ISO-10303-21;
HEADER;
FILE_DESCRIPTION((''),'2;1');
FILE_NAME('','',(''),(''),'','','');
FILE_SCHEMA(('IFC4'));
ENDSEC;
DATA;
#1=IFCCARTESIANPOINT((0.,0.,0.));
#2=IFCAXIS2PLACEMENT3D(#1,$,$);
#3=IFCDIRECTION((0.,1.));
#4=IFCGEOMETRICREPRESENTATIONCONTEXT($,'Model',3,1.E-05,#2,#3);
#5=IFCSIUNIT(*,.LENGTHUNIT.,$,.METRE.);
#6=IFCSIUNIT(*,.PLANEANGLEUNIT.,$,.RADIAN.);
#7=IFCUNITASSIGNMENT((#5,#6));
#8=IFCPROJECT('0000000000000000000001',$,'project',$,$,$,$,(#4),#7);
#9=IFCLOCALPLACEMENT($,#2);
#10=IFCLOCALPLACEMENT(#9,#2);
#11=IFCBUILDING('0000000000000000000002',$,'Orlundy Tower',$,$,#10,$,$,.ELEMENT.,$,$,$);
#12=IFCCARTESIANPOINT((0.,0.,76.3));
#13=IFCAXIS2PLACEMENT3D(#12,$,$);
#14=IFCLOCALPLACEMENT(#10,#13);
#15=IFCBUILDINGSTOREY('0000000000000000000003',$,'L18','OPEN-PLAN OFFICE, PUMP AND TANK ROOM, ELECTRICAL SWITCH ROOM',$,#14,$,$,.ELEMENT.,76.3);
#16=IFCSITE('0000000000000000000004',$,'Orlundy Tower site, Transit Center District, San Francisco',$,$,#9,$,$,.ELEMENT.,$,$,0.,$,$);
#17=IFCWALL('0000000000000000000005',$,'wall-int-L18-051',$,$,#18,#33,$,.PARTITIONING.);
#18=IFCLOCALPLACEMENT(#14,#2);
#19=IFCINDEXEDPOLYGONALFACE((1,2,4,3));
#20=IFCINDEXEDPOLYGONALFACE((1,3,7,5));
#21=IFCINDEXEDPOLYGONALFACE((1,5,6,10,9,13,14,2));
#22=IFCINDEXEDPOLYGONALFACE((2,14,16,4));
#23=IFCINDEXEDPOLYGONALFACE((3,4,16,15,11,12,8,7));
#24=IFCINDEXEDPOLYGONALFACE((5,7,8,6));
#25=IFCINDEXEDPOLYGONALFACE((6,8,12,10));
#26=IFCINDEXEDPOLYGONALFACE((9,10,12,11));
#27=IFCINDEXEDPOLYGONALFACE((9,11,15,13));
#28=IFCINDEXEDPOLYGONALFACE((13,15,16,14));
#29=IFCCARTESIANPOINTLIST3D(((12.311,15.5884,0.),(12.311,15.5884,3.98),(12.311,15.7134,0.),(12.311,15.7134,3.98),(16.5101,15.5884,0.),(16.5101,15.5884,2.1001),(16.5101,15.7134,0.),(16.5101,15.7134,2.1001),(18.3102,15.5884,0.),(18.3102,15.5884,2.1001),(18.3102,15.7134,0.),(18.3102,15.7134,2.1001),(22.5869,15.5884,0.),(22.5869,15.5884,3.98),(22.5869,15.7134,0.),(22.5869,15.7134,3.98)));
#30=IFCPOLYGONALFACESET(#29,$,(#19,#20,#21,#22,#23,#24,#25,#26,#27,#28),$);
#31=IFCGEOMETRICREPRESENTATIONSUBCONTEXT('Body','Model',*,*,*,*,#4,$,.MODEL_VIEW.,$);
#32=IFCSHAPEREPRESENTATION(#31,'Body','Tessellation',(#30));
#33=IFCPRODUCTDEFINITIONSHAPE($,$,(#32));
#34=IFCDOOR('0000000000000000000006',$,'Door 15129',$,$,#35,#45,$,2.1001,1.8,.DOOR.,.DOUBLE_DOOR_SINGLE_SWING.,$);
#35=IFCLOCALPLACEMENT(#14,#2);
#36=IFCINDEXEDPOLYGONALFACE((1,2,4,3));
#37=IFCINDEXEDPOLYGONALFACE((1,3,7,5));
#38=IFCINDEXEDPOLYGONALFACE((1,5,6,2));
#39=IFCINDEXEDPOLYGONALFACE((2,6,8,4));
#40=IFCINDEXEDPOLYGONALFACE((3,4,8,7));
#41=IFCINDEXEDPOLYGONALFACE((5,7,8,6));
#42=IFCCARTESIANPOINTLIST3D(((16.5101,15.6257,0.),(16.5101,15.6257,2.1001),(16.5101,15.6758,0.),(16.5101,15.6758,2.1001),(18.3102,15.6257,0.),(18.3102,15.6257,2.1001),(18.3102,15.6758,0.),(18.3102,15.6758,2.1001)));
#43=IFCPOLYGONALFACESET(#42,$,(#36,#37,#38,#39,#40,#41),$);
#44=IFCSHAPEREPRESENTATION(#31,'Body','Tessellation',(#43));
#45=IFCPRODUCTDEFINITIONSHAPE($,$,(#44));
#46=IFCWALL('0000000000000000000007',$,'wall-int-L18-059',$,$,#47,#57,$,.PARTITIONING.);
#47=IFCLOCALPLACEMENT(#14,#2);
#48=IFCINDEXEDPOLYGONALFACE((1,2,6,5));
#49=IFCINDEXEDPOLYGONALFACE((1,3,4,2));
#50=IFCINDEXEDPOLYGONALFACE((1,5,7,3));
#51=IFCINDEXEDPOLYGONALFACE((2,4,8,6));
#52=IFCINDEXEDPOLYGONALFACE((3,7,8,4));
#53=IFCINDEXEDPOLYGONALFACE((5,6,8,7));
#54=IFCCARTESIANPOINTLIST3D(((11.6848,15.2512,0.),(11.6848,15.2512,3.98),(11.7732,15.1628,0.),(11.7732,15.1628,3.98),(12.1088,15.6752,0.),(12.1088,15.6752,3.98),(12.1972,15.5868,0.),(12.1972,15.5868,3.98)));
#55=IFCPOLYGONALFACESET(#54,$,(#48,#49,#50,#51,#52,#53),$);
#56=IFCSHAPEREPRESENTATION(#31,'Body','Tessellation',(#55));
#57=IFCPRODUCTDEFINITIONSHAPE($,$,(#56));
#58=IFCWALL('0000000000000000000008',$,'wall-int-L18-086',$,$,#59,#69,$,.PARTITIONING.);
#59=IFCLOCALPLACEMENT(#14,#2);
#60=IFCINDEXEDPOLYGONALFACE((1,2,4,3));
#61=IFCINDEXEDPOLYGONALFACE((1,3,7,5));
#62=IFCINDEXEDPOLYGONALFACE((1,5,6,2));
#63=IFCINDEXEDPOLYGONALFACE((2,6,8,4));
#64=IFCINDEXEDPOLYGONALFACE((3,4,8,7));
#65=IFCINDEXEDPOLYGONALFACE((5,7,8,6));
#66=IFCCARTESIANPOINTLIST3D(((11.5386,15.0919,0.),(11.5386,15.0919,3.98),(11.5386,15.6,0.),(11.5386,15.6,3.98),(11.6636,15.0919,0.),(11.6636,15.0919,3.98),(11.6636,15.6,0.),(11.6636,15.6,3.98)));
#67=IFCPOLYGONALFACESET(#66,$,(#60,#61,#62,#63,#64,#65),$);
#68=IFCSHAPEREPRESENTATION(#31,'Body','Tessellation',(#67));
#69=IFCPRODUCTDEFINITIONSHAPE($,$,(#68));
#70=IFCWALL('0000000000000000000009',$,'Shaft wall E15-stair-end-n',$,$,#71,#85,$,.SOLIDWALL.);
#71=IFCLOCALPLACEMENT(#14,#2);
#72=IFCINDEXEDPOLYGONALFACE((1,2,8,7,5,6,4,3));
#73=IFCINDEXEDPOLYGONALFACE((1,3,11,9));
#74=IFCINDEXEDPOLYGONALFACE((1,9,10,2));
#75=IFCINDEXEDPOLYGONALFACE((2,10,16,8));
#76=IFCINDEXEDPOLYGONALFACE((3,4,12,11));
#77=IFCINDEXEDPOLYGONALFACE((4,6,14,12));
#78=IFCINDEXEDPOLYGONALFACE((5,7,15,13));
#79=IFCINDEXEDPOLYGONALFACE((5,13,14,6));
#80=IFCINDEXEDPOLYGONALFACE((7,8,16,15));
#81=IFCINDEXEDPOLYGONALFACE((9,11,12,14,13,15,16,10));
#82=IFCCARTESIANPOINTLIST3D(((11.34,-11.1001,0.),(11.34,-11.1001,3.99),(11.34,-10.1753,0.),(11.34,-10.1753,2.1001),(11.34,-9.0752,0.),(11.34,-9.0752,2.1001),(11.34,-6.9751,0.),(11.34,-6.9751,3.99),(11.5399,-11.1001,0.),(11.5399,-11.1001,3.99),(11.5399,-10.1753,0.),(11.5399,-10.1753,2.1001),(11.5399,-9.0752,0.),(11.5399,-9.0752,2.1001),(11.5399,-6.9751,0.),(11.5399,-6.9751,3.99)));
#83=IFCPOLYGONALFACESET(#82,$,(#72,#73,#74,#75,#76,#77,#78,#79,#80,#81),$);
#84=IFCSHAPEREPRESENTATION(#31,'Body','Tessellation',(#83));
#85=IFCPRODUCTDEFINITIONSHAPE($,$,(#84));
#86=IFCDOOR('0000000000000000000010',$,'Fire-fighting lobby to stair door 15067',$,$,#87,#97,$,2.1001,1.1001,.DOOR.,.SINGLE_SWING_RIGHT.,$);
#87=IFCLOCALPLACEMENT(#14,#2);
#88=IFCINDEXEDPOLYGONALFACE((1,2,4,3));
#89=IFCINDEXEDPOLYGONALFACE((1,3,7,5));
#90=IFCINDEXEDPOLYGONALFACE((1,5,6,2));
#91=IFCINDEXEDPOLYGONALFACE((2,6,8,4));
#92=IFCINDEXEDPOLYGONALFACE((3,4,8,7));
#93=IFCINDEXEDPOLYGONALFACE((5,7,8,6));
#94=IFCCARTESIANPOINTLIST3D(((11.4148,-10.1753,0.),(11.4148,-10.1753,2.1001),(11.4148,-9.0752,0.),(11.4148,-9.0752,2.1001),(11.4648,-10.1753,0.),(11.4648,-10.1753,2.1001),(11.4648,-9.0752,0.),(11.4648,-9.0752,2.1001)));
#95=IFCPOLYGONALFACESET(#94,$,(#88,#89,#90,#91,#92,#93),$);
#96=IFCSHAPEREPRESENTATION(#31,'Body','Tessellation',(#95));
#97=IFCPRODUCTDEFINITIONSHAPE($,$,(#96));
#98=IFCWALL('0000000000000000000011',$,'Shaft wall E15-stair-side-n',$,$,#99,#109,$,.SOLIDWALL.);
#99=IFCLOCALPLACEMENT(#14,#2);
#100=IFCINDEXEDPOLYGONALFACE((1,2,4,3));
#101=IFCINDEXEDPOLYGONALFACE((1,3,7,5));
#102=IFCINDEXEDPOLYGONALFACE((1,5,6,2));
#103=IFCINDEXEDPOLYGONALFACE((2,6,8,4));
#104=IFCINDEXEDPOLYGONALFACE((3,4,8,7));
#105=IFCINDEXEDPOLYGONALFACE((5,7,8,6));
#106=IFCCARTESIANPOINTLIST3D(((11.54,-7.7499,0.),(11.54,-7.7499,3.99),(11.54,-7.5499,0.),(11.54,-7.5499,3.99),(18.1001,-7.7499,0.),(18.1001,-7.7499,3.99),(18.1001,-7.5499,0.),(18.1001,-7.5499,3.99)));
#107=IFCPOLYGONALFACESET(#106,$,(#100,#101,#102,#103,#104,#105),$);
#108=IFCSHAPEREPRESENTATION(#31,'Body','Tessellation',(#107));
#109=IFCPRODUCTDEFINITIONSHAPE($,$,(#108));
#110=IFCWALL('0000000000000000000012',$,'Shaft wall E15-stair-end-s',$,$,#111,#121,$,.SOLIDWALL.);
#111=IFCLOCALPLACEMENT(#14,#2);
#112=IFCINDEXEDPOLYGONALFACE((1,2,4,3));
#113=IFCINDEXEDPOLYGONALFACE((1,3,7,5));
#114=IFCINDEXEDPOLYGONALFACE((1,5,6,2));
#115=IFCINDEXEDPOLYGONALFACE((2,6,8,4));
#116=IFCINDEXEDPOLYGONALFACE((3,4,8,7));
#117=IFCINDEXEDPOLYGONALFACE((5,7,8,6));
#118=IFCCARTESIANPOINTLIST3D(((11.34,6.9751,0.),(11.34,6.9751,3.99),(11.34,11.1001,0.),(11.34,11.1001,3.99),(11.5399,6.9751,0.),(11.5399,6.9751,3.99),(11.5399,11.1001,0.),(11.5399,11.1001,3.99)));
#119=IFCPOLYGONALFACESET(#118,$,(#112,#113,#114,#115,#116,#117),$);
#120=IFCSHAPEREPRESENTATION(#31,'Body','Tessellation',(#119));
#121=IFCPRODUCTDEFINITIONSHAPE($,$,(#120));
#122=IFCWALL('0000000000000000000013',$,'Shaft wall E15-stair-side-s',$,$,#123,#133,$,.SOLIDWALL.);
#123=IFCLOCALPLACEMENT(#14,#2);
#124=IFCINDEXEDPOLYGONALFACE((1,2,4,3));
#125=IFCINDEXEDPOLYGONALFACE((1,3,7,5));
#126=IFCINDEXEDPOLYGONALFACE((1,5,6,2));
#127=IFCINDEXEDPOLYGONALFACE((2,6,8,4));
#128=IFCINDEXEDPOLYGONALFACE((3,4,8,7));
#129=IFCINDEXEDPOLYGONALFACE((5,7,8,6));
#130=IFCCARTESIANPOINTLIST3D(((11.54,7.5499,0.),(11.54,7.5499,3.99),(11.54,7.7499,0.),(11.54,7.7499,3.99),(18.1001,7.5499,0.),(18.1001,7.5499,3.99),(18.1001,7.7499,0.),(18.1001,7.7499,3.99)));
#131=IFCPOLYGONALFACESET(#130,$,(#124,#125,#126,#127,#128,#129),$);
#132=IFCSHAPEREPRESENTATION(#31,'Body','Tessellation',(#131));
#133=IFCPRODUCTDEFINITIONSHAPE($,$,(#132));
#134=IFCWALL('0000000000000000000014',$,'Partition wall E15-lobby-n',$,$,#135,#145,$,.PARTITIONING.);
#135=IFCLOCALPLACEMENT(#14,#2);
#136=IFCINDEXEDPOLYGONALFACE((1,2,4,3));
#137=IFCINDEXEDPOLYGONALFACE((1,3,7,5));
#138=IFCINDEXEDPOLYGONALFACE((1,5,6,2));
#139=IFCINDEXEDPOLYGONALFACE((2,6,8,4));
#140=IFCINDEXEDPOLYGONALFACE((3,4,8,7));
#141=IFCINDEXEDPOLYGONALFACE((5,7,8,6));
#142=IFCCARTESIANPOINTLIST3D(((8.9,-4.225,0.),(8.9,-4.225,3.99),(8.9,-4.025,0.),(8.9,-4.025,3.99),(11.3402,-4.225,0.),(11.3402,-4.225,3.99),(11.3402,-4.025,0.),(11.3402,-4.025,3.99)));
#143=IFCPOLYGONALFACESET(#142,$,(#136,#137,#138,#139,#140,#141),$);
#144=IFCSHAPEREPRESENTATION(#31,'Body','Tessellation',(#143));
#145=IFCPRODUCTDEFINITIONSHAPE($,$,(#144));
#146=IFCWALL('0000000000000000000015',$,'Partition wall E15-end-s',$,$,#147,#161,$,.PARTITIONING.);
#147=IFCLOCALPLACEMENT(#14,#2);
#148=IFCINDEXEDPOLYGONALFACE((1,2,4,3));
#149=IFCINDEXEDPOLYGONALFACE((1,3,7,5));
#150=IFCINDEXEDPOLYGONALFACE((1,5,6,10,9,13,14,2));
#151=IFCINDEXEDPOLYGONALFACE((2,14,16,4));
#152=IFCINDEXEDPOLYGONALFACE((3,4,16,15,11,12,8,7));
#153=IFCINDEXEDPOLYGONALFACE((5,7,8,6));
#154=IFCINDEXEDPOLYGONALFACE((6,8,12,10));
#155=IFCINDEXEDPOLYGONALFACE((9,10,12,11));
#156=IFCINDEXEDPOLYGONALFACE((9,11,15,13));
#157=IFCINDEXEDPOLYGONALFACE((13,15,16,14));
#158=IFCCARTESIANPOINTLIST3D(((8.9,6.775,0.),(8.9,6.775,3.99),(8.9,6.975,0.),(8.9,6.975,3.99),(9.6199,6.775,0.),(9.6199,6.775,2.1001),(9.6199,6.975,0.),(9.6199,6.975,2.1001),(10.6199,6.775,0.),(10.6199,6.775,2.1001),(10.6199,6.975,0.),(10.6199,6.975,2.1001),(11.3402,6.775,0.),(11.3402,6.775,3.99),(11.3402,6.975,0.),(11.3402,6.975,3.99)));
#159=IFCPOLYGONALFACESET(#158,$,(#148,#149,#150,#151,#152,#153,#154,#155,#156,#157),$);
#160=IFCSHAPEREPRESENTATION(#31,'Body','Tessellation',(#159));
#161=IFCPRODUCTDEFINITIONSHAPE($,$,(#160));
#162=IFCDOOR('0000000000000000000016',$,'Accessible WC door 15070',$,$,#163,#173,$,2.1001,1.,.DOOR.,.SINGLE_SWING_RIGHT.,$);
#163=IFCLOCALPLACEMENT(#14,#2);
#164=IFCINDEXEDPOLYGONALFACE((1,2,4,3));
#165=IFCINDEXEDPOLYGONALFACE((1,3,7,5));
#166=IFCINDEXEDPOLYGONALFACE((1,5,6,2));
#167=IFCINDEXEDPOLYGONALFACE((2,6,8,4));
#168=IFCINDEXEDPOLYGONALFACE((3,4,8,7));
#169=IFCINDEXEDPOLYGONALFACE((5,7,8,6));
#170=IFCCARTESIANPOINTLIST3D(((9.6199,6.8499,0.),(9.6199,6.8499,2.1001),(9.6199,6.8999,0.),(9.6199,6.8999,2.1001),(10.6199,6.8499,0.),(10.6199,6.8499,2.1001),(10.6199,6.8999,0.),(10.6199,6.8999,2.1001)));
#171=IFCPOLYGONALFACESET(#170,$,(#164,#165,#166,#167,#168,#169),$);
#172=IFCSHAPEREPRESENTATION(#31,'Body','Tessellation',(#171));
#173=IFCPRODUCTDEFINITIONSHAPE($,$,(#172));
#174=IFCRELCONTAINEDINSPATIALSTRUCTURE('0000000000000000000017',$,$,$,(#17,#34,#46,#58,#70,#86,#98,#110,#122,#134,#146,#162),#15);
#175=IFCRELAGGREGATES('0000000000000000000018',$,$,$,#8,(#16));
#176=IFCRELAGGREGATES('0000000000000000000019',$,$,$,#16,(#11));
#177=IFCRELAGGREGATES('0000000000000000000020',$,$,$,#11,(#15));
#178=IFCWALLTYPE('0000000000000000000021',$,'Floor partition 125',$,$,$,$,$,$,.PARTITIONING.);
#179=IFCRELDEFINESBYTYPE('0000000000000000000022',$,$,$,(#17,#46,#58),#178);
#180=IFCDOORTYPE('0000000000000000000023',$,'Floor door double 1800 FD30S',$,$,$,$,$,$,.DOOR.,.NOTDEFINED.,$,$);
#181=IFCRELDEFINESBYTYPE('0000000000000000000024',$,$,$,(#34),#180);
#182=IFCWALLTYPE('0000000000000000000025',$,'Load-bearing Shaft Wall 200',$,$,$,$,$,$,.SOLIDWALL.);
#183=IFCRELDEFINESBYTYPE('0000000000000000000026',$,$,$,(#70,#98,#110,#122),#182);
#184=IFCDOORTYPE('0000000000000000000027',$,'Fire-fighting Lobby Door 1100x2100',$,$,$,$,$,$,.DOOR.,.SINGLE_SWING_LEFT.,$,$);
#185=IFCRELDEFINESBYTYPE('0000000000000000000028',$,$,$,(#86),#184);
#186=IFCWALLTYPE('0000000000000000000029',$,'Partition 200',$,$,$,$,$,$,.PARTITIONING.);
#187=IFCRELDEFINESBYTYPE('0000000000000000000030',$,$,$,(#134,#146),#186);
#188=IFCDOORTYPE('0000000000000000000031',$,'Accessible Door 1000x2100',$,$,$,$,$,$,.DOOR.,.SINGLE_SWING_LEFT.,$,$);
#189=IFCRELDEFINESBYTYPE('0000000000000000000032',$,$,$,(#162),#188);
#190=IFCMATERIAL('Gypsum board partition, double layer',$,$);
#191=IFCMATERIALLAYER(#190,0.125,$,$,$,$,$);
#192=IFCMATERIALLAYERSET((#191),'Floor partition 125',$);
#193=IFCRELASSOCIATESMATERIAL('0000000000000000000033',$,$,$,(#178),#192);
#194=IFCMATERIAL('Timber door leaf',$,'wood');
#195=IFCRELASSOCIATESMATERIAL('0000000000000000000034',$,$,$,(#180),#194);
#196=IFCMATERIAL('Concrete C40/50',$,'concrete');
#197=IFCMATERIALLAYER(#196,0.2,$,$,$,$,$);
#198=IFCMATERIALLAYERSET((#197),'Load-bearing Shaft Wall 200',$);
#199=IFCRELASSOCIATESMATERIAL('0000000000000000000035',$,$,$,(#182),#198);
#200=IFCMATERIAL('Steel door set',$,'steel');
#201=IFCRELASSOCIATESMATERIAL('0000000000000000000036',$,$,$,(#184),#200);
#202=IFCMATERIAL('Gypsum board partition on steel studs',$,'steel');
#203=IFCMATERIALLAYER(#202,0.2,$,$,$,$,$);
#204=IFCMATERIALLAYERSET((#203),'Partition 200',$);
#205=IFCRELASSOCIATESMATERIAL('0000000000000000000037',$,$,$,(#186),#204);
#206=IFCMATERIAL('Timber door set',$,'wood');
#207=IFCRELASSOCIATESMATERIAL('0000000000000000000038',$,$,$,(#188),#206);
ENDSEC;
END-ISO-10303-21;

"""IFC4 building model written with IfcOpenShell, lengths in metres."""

from ifc_helpers import new_model, si_unit, direction, frame, frame_2d, origin, place, context, subcontext, project, spatial, rectangle, extrude, material, layer, layer_set, type_object, element, fill, save


model = new_model("IFC4")

# Units and contexts
model_context = context("Model", 3, precision=1e-05, world=origin(), true_north=direction((0.0, 1.0)))
body_context = subcontext(model_context, "Body", "Model", "MODEL_VIEW")
ifc_project = project(units=[si_unit("LENGTHUNIT", "METRE"), si_unit("PLANEANGLEUNIT", "RADIAN")], contexts=[model_context])

# Site, building, storey
site_placement = place(None, origin())
site = spatial("IfcSite", under=ifc_project, at=site_placement, Name="Orlundy Tower site, Transit Center District, San Francisco", CompositionType="ELEMENT", RefElevation=0.0)
building_placement = place(site_placement, origin())
building = spatial("IfcBuilding", under=site, at=building_placement, Name="Orlundy Tower", CompositionType="ELEMENT")
storey_placement = place(building_placement, frame((0.0, 0.0, 76.3)))
storey = spatial("IfcBuildingStorey", under=building, at=storey_placement, Name="L18", Description="OPEN-PLAN OFFICE, PUMP AND TANK ROOM, ELECTRICAL SWITCH ROOM", CompositionType="ELEMENT", Elevation=76.3)

# Wall, opening, door
ifc_material_1 = material(Name="Gypsum board partition, double layer")
ifc_layer_1 = layer(ifc_material_1, 0.125)
ifc_layer_set_1 = layer_set([ifc_layer_1], Name="Floor partition 125")
wall_type_1 = type_object("IfcWallType", Name="Floor partition 125", PredefinedType="PARTITIONING", material=ifc_layer_set_1)
wall_1_placement = place(storey_placement, frame((12.311, 15.6509, 0.0), z_axis=(0.0, 0.0, 1.0), x_axis=(1.0, 0.0, 0.0)))
wall_1 = element("IfcWall", 1, at=wall_1_placement, inside=storey, type_object=wall_type_1, Name="wall-int-L18-051", PredefinedType="PARTITIONING", context=body_context, shape_type="SweptSolid", body=[
    extrude(rectangle(XDim=10.2759, YDim=0.125, at=frame_2d((5.1379, 0.0))), origin(), (0.0, 0.0, 1.0), 3.98),
])
opening_1_placement = place(wall_1_placement, frame((4.1992, 0.0, 0.0)))
opening_1 = element("IfcOpeningElement", 2, at=opening_1_placement, cuts=wall_1, PredefinedType="OPENING", context=body_context, shape_type="SweptSolid", body=[
    extrude(rectangle(XDim=1.8, YDim=2.1001, at=frame_2d((0.8999, 1.05))), frame((0.0, 0.0725, 0.0), z_axis=(0.0, -1.0, 0.0), x_axis=(1.0, 0.0, 0.0)), (0.0, 0.0, 1.0), 0.145),
])
ifc_material_2 = material(Name="Timber door leaf", Category="wood")
door_type_1 = type_object("IfcDoorType", Name="Floor door double 1800 FD30S", OperationType="NOTDEFINED", PredefinedType="DOOR", material=ifc_material_2)
door_1_placement = place(opening_1_placement, origin())
door_1 = element("IfcDoor", 3, at=door_1_placement, inside=storey, type_object=door_type_1, Name="Door 15129", OperationType="DOUBLE_DOOR_SINGLE_SWING", OverallHeight=2.1001, OverallWidth=1.8, PredefinedType="DOOR", context=body_context, shape_type="SweptSolid", body=[
    extrude(rectangle(XDim=1.8, YDim=2.1001, at=frame_2d((0.8999, 1.05))), frame((0.0, 0.0249, 0.0), z_axis=(0.0, -1.0, 0.0), x_axis=(1.0, 0.0, 0.0)), (0.0, 0.0, 1.0), 0.05),
])
fill(opening_1, door_1)

# Walls
wall_2_placement = place(storey_placement, frame((11.729, 15.207, 0.0), z_axis=(0.0, 0.0, 1.0), x_axis=(0.707107, 0.707107, 0.0)))
element("IfcWall", 4, at=wall_2_placement, inside=storey, type_object=wall_type_1, Name="wall-int-L18-059", PredefinedType="PARTITIONING", context=body_context, shape_type="SweptSolid", body=[
    extrude(rectangle(XDim=0.5996, YDim=0.125, at=frame_2d((0.2998, 0.0))), origin(), (0.0, 0.0, 1.0), 3.98),
])
wall_3_placement = place(storey_placement, frame((11.6011, 15.092, 0.0), z_axis=(0.0, 0.0, 1.0), x_axis=(0.0, 1.0, 0.0)))
element("IfcWall", 5, at=wall_3_placement, inside=storey, type_object=wall_type_1, Name="wall-int-L18-086", PredefinedType="PARTITIONING", context=body_context, shape_type="SweptSolid", body=[
    extrude(rectangle(XDim=0.5081, YDim=0.125, at=frame_2d((0.2539, 0.0))), origin(), (0.0, 0.0, 1.0), 3.98),
])

# Wall, opening, door
ifc_material_3 = material(Name="Concrete C40/50", Category="concrete")
ifc_layer_2 = layer(ifc_material_3, 0.2)
ifc_layer_set_2 = layer_set([ifc_layer_2], Name="Load-bearing Shaft Wall 200")
wall_type_2 = type_object("IfcWallType", Name="Load-bearing Shaft Wall 200", PredefinedType="SOLIDWALL", material=ifc_layer_set_2)
wall_4_placement = place(storey_placement, frame((11.4399, -6.9751, 0.0), z_axis=(0.0, 0.0, 1.0), x_axis=(0.0, -1.0, 0.0)))
wall_4 = element("IfcWall", 6, at=wall_4_placement, inside=storey, type_object=wall_type_2, Name="Shaft wall E15-stair-end-n", PredefinedType="SOLIDWALL", context=body_context, shape_type="SweptSolid", body=[
    extrude(rectangle(XDim=4.125, YDim=0.2, at=frame_2d((2.0625, 0.0))), origin(), (0.0, 0.0, 1.0), 3.99),
])
opening_2_placement = place(wall_4_placement, frame((2.1001, 0.0, 0.0)))
opening_2 = element("IfcOpeningElement", 7, at=opening_2_placement, cuts=wall_4, PredefinedType="OPENING", context=body_context, shape_type="SweptSolid", body=[
    extrude(rectangle(XDim=1.1001, YDim=2.1001, at=frame_2d((0.55, 1.05))), frame((0.0, 0.1101, 0.0), z_axis=(0.0, -1.0, 0.0), x_axis=(1.0, 0.0, 0.0)), (0.0, 0.0, 1.0), 0.2202),
])
ifc_material_4 = material(Name="Steel door set", Category="steel")
door_type_2 = type_object("IfcDoorType", Name="Fire-fighting Lobby Door 1100x2100", OperationType="SINGLE_SWING_LEFT", PredefinedType="DOOR", material=ifc_material_4)
door_2_placement = place(opening_2_placement, origin())
door_2 = element("IfcDoor", 8, at=door_2_placement, inside=storey, type_object=door_type_2, Name="Fire-fighting lobby to stair door 15067", OperationType="SINGLE_SWING_RIGHT", OverallHeight=2.1001, OverallWidth=1.1001, PredefinedType="DOOR", context=body_context, shape_type="SweptSolid", body=[
    extrude(rectangle(XDim=1.1001, YDim=2.1001, at=frame_2d((0.55, 1.05))), frame((0.0, 0.0249, 0.0), z_axis=(0.0, -1.0, 0.0), x_axis=(1.0, 0.0, 0.0)), (0.0, 0.0, 1.0), 0.05),
])
fill(opening_2, door_2)

# Walls
wall_5_placement = place(storey_placement, frame((11.54, -7.6499, 0.0), z_axis=(0.0, 0.0, 1.0), x_axis=(1.0, 0.0, 0.0)))
element("IfcWall", 9, at=wall_5_placement, inside=storey, type_object=wall_type_2, Name="Shaft wall E15-stair-side-n", PredefinedType="SOLIDWALL", context=body_context, shape_type="SweptSolid", body=[
    extrude(rectangle(XDim=6.5601, YDim=0.2, at=frame_2d((3.28, 0.0))), origin(), (0.0, 0.0, 1.0), 3.99),
])
wall_6_placement = place(storey_placement, frame((11.4399, 11.1001, 0.0), z_axis=(0.0, 0.0, 1.0), x_axis=(0.0, -1.0, 0.0)))
element("IfcWall", 10, at=wall_6_placement, inside=storey, type_object=wall_type_2, Name="Shaft wall E15-stair-end-s", PredefinedType="SOLIDWALL", context=body_context, shape_type="SweptSolid", body=[
    extrude(rectangle(XDim=4.125, YDim=0.2, at=frame_2d((2.0625, 0.0))), origin(), (0.0, 0.0, 1.0), 3.99),
])
wall_7_placement = place(storey_placement, frame((11.54, 7.6499, 0.0), z_axis=(0.0, 0.0, 1.0), x_axis=(1.0, 0.0, 0.0)))
element("IfcWall", 11, at=wall_7_placement, inside=storey, type_object=wall_type_2, Name="Shaft wall E15-stair-side-s", PredefinedType="SOLIDWALL", context=body_context, shape_type="SweptSolid", body=[
    extrude(rectangle(XDim=6.5601, YDim=0.2, at=frame_2d((3.28, 0.0))), origin(), (0.0, 0.0, 1.0), 3.99),
])
ifc_material_5 = material(Name="Gypsum board partition on steel studs", Category="steel")
ifc_layer_3 = layer(ifc_material_5, 0.2)
ifc_layer_set_3 = layer_set([ifc_layer_3], Name="Partition 200")
wall_type_3 = type_object("IfcWallType", Name="Partition 200", PredefinedType="PARTITIONING", material=ifc_layer_set_3)
wall_8_placement = place(storey_placement, frame((8.8999, -4.125, 0.0), z_axis=(0.0, 0.0, 1.0), x_axis=(1.0, 0.0, 0.0)))
element("IfcWall", 12, at=wall_8_placement, inside=storey, type_object=wall_type_3, Name="Partition wall E15-lobby-n", PredefinedType="PARTITIONING", context=body_context, shape_type="SweptSolid", body=[
    extrude(rectangle(XDim=2.4402, YDim=0.2, at=frame_2d((1.2202, 0.0))), origin(), (0.0, 0.0, 1.0), 3.99),
])

# Wall, opening, door
wall_9_placement = place(storey_placement, frame((8.8999, 6.875, 0.0), z_axis=(0.0, 0.0, 1.0), x_axis=(1.0, 0.0, 0.0)))
wall_9 = element("IfcWall", 13, at=wall_9_placement, inside=storey, type_object=wall_type_3, Name="Partition wall E15-end-s", PredefinedType="PARTITIONING", context=body_context, shape_type="SweptSolid", body=[
    extrude(rectangle(XDim=2.4402, YDim=0.2, at=frame_2d((1.2202, 0.0))), origin(), (0.0, 0.0, 1.0), 3.99),
])
opening_3_placement = place(wall_9_placement, frame((0.72, 0.0, 0.0)))
opening_3 = element("IfcOpeningElement", 14, at=opening_3_placement, cuts=wall_9, PredefinedType="OPENING", context=body_context, shape_type="SweptSolid", body=[
    extrude(rectangle(XDim=1.0, YDim=2.1001, at=frame_2d((0.5, 1.05))), frame((0.0, 0.1101, 0.0), z_axis=(0.0, -1.0, 0.0), x_axis=(1.0, 0.0, 0.0)), (0.0, 0.0, 1.0), 0.2202),
])
ifc_material_6 = material(Name="Timber door set", Category="wood")
door_type_3 = type_object("IfcDoorType", Name="Accessible Door 1000x2100", OperationType="SINGLE_SWING_LEFT", PredefinedType="DOOR", material=ifc_material_6)
door_3_placement = place(opening_3_placement, origin())
door_3 = element("IfcDoor", 15, at=door_3_placement, inside=storey, type_object=door_type_3, Name="Accessible WC door 15070", OperationType="SINGLE_SWING_RIGHT", OverallHeight=2.1001, OverallWidth=1.0, PredefinedType="DOOR", context=body_context, shape_type="SweptSolid", body=[
    extrude(rectangle(XDim=1.0, YDim=2.1001, at=frame_2d((0.5, 1.05))), frame((0.0, 0.0249, 0.0), z_axis=(0.0, -1.0, 0.0), x_axis=(1.0, 0.0, 0.0)), (0.0, 0.0, 1.0), 0.05),
])
fill(opening_3, door_3)

save(model, "model.ifc")
